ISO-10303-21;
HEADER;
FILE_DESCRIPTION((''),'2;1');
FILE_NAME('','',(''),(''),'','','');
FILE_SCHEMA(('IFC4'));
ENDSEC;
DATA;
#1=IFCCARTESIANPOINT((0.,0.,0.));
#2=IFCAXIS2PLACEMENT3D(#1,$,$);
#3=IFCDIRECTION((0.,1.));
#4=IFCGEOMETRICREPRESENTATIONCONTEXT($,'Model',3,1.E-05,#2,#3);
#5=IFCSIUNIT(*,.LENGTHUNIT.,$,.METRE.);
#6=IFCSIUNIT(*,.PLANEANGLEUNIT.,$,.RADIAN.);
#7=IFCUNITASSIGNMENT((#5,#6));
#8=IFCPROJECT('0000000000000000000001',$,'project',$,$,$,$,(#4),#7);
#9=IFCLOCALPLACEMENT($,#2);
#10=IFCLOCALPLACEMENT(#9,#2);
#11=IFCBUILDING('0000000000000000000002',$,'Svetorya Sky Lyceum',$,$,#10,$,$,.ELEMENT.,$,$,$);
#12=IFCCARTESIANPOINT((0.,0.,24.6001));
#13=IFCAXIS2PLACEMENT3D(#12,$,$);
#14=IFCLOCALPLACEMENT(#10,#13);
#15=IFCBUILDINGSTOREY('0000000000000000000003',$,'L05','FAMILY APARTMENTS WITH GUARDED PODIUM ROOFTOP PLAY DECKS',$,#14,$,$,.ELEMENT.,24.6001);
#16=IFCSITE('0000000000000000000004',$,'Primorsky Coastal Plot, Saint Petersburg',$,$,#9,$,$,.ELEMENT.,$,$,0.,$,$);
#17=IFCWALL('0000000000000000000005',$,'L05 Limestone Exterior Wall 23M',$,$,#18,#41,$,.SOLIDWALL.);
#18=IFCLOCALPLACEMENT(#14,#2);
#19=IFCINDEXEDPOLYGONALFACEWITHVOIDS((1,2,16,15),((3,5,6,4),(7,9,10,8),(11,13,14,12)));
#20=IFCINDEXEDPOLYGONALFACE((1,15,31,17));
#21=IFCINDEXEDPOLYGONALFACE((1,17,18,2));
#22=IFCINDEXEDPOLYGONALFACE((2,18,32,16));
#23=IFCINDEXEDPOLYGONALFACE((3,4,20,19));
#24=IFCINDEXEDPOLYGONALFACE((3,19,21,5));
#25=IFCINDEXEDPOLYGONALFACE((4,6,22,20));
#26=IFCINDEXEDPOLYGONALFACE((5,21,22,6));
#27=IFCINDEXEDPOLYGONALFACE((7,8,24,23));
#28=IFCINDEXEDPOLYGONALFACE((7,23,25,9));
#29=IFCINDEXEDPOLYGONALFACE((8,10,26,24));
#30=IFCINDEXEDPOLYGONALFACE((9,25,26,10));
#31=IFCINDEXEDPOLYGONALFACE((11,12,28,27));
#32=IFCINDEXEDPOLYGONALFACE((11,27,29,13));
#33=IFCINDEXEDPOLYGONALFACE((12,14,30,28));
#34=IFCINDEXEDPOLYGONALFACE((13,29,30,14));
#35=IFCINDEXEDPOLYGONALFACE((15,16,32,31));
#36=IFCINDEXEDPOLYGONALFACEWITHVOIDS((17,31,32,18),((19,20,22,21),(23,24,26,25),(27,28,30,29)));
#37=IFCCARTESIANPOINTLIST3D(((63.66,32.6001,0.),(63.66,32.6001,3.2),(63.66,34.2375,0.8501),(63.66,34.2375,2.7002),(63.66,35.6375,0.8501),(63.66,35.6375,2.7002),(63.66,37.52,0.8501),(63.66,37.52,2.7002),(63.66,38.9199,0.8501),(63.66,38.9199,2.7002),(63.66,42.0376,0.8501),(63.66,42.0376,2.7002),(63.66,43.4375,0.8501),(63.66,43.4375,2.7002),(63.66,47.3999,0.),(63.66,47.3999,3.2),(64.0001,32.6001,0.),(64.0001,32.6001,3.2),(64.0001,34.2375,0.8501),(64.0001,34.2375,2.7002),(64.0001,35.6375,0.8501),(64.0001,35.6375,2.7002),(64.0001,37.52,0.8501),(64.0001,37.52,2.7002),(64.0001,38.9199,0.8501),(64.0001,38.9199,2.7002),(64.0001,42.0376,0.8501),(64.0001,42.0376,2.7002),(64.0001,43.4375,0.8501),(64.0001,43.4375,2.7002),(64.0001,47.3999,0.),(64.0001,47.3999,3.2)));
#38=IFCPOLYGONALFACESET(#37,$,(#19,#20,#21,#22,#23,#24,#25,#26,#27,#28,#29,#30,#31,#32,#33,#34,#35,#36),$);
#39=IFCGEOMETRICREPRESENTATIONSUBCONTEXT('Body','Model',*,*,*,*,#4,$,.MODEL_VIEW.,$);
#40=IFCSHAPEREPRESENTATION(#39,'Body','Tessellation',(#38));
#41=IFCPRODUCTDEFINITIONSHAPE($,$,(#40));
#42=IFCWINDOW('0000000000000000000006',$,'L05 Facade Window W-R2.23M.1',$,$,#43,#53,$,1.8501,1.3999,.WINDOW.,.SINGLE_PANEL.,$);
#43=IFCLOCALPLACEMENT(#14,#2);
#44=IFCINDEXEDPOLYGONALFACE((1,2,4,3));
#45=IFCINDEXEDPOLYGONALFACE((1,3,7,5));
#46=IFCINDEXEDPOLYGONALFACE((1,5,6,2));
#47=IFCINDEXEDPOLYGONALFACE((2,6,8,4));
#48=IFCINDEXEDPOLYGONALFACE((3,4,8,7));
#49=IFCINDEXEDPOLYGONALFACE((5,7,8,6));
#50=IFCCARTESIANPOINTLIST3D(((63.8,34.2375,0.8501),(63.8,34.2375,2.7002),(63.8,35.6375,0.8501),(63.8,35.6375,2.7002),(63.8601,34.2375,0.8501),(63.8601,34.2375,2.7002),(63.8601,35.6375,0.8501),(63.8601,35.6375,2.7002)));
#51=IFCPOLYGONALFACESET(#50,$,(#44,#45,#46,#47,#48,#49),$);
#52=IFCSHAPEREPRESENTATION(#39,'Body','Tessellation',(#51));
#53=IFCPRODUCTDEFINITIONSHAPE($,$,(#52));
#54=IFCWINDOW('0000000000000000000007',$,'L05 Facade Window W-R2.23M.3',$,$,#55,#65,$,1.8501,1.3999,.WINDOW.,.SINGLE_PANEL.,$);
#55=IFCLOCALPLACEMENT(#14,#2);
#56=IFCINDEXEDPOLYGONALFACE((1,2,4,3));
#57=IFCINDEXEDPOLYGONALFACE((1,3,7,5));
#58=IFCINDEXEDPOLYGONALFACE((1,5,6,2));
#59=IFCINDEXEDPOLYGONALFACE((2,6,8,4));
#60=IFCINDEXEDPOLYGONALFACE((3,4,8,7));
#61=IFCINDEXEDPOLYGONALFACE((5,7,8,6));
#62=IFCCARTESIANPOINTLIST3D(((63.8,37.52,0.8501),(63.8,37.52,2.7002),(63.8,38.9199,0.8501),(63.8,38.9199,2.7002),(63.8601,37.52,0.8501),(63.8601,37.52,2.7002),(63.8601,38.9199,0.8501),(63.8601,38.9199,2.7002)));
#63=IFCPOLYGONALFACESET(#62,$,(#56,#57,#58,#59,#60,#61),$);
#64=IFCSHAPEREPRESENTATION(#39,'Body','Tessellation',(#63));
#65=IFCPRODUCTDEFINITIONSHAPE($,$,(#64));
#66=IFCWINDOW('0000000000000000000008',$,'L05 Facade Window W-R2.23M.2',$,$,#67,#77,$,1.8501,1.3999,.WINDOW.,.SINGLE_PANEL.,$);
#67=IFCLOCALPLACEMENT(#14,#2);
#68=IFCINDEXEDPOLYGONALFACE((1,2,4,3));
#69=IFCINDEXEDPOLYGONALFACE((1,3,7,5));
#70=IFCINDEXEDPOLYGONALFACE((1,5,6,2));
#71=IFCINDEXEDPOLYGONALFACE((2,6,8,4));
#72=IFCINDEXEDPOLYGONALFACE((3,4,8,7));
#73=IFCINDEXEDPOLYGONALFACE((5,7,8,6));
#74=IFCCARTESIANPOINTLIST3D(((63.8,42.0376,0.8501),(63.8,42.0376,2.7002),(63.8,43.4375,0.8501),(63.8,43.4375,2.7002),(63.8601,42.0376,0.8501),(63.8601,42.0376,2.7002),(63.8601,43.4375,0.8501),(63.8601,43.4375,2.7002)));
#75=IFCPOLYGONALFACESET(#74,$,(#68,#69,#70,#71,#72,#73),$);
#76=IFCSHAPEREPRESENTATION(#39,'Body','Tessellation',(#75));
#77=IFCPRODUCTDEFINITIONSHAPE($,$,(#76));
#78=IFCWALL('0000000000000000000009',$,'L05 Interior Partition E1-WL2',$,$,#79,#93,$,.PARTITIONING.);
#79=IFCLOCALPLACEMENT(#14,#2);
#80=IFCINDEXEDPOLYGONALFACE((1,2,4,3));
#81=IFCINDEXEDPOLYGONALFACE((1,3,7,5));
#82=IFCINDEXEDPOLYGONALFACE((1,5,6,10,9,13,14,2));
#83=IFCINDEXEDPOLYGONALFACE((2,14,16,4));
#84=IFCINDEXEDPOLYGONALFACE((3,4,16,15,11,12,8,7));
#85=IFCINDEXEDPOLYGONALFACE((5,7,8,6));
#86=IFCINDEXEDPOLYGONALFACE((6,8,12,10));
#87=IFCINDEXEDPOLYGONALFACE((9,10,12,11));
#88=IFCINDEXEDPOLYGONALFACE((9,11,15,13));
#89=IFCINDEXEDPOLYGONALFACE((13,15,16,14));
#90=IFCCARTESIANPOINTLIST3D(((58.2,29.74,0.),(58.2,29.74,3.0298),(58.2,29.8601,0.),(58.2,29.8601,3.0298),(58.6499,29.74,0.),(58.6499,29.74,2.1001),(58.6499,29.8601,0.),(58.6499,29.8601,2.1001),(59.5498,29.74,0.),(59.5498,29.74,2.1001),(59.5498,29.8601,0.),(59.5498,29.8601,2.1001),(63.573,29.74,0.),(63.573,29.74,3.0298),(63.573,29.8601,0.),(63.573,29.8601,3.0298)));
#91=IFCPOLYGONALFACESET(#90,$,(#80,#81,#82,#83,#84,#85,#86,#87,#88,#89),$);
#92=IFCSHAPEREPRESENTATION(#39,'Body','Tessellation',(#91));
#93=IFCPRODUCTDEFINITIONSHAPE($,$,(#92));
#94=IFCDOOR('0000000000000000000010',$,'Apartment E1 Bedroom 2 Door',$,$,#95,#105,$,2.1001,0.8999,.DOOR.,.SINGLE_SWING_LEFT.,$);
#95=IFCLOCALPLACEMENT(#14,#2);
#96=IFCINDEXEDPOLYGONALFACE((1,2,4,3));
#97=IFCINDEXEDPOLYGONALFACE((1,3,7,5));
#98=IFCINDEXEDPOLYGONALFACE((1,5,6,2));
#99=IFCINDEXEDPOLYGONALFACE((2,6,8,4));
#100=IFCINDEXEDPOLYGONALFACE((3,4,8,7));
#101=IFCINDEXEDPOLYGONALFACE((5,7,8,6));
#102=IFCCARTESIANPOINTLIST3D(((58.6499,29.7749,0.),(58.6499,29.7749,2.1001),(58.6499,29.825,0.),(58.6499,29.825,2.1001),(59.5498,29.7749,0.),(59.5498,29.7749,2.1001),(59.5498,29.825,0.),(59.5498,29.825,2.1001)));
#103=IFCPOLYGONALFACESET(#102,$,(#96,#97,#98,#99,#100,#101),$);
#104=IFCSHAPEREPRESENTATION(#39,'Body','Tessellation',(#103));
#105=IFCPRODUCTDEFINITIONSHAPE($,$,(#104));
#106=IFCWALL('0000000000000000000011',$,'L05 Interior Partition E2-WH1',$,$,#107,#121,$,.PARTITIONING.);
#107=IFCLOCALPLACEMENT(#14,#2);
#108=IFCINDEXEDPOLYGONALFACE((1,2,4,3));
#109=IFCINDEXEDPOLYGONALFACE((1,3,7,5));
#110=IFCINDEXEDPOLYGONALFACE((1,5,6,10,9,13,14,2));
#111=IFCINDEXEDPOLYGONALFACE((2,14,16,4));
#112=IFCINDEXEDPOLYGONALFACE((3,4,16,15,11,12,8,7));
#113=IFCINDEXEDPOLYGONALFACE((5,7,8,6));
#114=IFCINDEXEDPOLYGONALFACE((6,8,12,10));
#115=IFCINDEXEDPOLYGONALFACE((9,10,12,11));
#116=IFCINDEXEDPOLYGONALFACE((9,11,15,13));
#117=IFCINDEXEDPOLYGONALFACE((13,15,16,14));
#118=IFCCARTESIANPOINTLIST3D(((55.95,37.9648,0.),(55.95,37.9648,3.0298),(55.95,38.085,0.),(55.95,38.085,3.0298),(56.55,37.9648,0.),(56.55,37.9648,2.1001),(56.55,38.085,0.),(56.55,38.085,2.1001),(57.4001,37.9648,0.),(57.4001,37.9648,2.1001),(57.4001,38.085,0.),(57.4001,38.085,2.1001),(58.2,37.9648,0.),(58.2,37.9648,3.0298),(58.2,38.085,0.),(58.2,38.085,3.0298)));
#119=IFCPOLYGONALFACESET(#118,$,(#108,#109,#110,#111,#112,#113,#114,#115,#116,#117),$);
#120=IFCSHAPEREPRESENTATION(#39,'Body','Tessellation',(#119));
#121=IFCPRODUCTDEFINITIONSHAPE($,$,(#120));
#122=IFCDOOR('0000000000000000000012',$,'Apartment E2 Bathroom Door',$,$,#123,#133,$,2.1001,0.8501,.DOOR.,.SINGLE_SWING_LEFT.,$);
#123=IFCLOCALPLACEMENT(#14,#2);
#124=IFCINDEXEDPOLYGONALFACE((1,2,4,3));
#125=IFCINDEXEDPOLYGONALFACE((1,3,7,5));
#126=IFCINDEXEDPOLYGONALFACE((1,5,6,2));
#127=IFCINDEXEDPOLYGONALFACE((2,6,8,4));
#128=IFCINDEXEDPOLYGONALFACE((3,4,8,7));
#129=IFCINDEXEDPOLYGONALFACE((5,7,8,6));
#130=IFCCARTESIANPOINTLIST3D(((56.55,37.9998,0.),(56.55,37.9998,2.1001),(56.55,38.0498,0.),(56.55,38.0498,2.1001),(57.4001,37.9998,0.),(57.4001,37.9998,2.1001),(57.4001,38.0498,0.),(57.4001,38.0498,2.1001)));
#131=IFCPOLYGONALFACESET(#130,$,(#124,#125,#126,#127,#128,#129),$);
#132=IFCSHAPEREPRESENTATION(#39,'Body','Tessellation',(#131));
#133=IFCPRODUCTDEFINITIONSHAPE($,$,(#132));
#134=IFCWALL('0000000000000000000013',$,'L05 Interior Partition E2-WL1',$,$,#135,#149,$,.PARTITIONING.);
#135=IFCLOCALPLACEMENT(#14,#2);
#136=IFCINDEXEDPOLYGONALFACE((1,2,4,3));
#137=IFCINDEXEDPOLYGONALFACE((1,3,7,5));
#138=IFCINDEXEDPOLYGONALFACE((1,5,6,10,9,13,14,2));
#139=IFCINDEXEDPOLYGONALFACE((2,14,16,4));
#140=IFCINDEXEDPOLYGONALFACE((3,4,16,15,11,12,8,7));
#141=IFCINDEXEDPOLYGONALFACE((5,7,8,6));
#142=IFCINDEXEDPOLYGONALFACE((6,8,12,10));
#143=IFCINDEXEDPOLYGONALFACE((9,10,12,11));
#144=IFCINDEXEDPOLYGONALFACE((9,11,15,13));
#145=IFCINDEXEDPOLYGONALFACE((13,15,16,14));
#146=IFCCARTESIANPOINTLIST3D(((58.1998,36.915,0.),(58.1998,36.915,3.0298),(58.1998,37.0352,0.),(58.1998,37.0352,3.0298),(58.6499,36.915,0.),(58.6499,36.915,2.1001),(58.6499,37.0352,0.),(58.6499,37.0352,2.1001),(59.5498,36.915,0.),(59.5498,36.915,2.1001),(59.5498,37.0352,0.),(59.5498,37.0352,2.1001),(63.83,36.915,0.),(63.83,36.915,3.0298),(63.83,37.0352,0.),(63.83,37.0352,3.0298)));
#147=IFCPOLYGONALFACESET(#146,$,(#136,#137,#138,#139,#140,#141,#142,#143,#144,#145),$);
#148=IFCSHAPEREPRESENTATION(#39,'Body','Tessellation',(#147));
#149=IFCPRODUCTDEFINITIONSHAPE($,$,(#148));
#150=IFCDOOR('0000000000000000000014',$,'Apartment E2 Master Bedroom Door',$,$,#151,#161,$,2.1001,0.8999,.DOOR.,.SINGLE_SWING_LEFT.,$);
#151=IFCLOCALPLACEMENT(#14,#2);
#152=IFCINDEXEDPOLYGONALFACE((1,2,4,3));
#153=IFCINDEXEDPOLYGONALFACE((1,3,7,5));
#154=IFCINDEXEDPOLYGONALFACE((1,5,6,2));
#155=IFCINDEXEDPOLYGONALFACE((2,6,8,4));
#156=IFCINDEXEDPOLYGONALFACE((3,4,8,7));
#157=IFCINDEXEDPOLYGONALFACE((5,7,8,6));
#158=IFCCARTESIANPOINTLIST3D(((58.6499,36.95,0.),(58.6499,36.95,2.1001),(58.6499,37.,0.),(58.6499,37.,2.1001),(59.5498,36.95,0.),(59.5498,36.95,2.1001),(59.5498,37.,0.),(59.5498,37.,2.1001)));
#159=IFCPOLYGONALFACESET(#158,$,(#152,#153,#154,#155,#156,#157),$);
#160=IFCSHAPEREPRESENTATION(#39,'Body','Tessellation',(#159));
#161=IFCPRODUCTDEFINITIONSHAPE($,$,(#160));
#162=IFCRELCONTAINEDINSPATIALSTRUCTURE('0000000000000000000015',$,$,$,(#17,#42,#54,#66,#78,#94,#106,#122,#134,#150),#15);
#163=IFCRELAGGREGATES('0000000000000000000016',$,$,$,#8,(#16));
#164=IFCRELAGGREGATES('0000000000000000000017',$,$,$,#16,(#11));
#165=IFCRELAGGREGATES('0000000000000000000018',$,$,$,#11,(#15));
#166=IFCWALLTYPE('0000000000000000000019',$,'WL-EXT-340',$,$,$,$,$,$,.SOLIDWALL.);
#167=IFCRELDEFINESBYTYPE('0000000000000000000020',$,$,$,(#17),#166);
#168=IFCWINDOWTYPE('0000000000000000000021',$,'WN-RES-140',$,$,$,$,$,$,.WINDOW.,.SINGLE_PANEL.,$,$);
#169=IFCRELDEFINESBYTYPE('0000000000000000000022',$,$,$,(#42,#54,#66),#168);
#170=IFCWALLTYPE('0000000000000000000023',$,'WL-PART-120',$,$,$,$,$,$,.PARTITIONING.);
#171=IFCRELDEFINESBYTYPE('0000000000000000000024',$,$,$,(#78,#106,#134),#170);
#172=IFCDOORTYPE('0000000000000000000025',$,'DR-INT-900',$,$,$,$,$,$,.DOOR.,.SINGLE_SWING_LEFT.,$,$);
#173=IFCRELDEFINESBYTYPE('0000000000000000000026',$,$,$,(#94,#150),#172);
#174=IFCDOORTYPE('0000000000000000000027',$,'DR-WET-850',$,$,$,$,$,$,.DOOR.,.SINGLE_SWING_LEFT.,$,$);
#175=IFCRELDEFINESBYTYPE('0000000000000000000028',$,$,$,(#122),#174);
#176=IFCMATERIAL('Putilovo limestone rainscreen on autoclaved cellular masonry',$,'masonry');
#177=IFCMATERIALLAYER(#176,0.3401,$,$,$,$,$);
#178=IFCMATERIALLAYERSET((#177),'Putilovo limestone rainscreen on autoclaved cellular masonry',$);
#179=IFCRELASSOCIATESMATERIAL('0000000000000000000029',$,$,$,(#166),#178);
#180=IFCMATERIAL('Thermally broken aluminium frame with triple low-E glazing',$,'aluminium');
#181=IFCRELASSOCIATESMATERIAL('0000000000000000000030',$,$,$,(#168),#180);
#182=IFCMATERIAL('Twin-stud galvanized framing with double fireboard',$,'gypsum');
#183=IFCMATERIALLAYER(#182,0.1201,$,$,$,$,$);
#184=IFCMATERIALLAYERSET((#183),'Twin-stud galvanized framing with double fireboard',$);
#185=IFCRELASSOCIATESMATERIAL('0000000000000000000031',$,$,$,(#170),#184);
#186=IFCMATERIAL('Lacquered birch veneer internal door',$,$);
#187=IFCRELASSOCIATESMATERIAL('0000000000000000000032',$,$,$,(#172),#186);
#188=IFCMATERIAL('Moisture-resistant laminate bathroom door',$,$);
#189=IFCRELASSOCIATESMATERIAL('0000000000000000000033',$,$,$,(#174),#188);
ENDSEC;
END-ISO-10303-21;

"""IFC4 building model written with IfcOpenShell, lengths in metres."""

from ifc_helpers import new_model, si_unit, direction, frame, frame_2d, origin, place, context, subcontext, project, spatial, rectangle, extrude, material, layer, layer_set, type_object, element, fill, save


model = new_model("IFC4")

# Units and contexts
model_context = context("Model", 3, precision=1e-05, world=origin(), true_north=direction((0.0, 1.0)))
body_context = subcontext(model_context, "Body", "Model", "MODEL_VIEW")
ifc_project = project(units=[si_unit("LENGTHUNIT", "METRE"), si_unit("PLANEANGLEUNIT", "RADIAN")], contexts=[model_context])

# Site, building, storey
site_placement = place(None, origin())
site = spatial("IfcSite", under=ifc_project, at=site_placement, Name="Primorsky Coastal Plot, Saint Petersburg", CompositionType="ELEMENT", RefElevation=0.0)
building_placement = place(site_placement, origin())
building = spatial("IfcBuilding", under=site, at=building_placement, Name="Svetorya Sky Lyceum", CompositionType="ELEMENT")
storey_placement = place(building_placement, frame((0.0, 0.0, 24.6001)))
storey = spatial("IfcBuildingStorey", under=building, at=storey_placement, Name="L05", Description="FAMILY APARTMENTS WITH GUARDED PODIUM ROOFTOP PLAY DECKS", CompositionType="ELEMENT", Elevation=24.6001)

# Shared definitions
ifc_material_1 = material(Name="Putilovo limestone rainscreen on autoclaved cellular masonry", Category="masonry")
ifc_layer_1 = layer(ifc_material_1, 0.3401)
ifc_layer_set_1 = layer_set([ifc_layer_1], Name="Putilovo limestone rainscreen on autoclaved cellular masonry")
wall_type_1 = type_object("IfcWallType", Name="WL-EXT-340", PredefinedType="SOLIDWALL", material=ifc_layer_set_1)

# Shared definitions
ifc_material_2 = material(Name="Thermally broken aluminium frame with triple low-E glazing", Category="aluminium")

# Wall, openings, windows
wall_1_placement = place(storey_placement, frame((63.8301, 32.6001, 0.0), z_axis=(0.0, 0.0, 1.0), x_axis=(0.0, 1.0, 0.0)))
wall_1 = element("IfcWall", 1, at=wall_1_placement, inside=storey, type_object=wall_type_1, Name="L05 Limestone Exterior Wall 23M", PredefinedType="SOLIDWALL", context=body_context, shape_type="SweptSolid", body=[
    extrude(rectangle(XDim=14.7998, YDim=0.3401, at=frame_2d((7.3999, 0.0))), origin(), (0.0, 0.0, 1.0), 3.2),
])
opening_1_placement = place(wall_1_placement, frame((1.6375, 0.0, 0.8501)))
opening_1 = element("IfcOpeningElement", 2, at=opening_1_placement, cuts=wall_1, PredefinedType="OPENING", context=body_context, shape_type="SweptSolid", body=[
    extrude(rectangle(XDim=1.3999, YDim=1.8501, at=frame_2d((0.7, 0.925))), frame((0.0, 0.1799, 0.0), z_axis=(0.0, -1.0, 0.0), x_axis=(1.0, 0.0, 0.0)), (0.0, 0.0, 1.0), 0.3601),
])
opening_2_placement = place(wall_1_placement, frame((4.9199, 0.0, 0.8501)))
opening_2 = element("IfcOpeningElement", 3, at=opening_2_placement, cuts=wall_1, PredefinedType="OPENING", context=body_context, shape_type="SweptSolid", body=[
    extrude(rectangle(XDim=1.3999, YDim=1.8501, at=frame_2d((0.7, 0.925))), frame((0.0, 0.1799, 0.0), z_axis=(0.0, -1.0, 0.0), x_axis=(1.0, 0.0, 0.0)), (0.0, 0.0, 1.0), 0.3601),
])
opening_3_placement = place(wall_1_placement, frame((9.4375, 0.0, 0.8501)))
opening_3 = element("IfcOpeningElement", 4, at=opening_3_placement, cuts=wall_1, PredefinedType="OPENING", context=body_context, shape_type="SweptSolid", body=[
    extrude(rectangle(XDim=1.3999, YDim=1.8501, at=frame_2d((0.7, 0.925))), frame((0.0, 0.1799, 0.0), z_axis=(0.0, -1.0, 0.0), x_axis=(1.0, 0.0, 0.0)), (0.0, 0.0, 1.0), 0.3601),
])
window_type_1 = type_object("IfcWindowType", Name="WN-RES-140", PartitioningType="SINGLE_PANEL", PredefinedType="WINDOW", material=ifc_material_2)
window_1_placement = place(opening_1_placement, origin())
window_1 = element("IfcWindow", 5, at=window_1_placement, inside=storey, type_object=window_type_1, Name="L05 Facade Window W-R2.23M.1", OverallHeight=1.8501, OverallWidth=1.3999, PartitioningType="SINGLE_PANEL", PredefinedType="WINDOW", context=body_context, shape_type="SweptSolid", body=[
    extrude(rectangle(XDim=1.3999, YDim=1.8501, at=frame_2d((0.7, 0.925))), frame((0.0, 0.03, 0.0), z_axis=(0.0, -1.0, 0.0), x_axis=(1.0, 0.0, 0.0)), (0.0, 0.0, 1.0), 0.0601),
])
fill(opening_1, window_1)
window_2_placement = place(opening_2_placement, origin())
window_2 = element("IfcWindow", 6, at=window_2_placement, inside=storey, type_object=window_type_1, Name="L05 Facade Window W-R2.23M.3", OverallHeight=1.8501, OverallWidth=1.3999, PartitioningType="SINGLE_PANEL", PredefinedType="WINDOW", context=body_context, shape_type="SweptSolid", body=[
    extrude(rectangle(XDim=1.3999, YDim=1.8501, at=frame_2d((0.7, 0.925))), frame((0.0, 0.03, 0.0), z_axis=(0.0, -1.0, 0.0), x_axis=(1.0, 0.0, 0.0)), (0.0, 0.0, 1.0), 0.0601),
])
fill(opening_2, window_2)
window_3_placement = place(opening_3_placement, origin())
window_3 = element("IfcWindow", 7, at=window_3_placement, inside=storey, type_object=window_type_1, Name="L05 Facade Window W-R2.23M.2", OverallHeight=1.8501, OverallWidth=1.3999, PartitioningType="SINGLE_PANEL", PredefinedType="WINDOW", context=body_context, shape_type="SweptSolid", body=[
    extrude(rectangle(XDim=1.3999, YDim=1.8501, at=frame_2d((0.7, 0.925))), frame((0.0, 0.03, 0.0), z_axis=(0.0, -1.0, 0.0), x_axis=(1.0, 0.0, 0.0)), (0.0, 0.0, 1.0), 0.0601),
])
fill(opening_3, window_3)

# Walls, openings, doors
ifc_material_3 = material(Name="Twin-stud galvanized framing with double fireboard", Category="gypsum")
ifc_layer_2 = layer(ifc_material_3, 0.1201)
ifc_layer_set_2 = layer_set([ifc_layer_2], Name="Twin-stud galvanized framing with double fireboard")
wall_type_2 = type_object("IfcWallType", Name="WL-PART-120", PredefinedType="PARTITIONING", material=ifc_layer_set_2)
wall_2_placement = place(storey_placement, frame((58.2, 29.8, 0.0), z_axis=(0.0, 0.0, 1.0), x_axis=(1.0, 0.0, 0.0)))
wall_2 = element("IfcWall", 8, at=wall_2_placement, inside=storey, type_object=wall_type_2, Name="L05 Interior Partition E1-WL2", PredefinedType="PARTITIONING", context=body_context, shape_type="SweptSolid", body=[
    extrude(rectangle(XDim=5.373, YDim=0.1201, at=frame_2d((2.6865, 0.0))), origin(), (0.0, 0.0, 1.0), 3.0298),
])
opening_4_placement = place(wall_2_placement, frame((0.45, 0.0, 0.0)))
opening_4 = element("IfcOpeningElement", 9, at=opening_4_placement, cuts=wall_2, PredefinedType="OPENING", context=body_context, shape_type="SweptSolid", body=[
    extrude(rectangle(XDim=0.8999, YDim=2.1001, at=frame_2d((0.45, 1.05))), frame((0.0, 0.0701, 0.0), z_axis=(0.0, -1.0, 0.0), x_axis=(1.0, 0.0, 0.0)), (0.0, 0.0, 1.0), 0.1401),
])
ifc_material_4 = material(Name="Lacquered birch veneer internal door")
door_type_1 = type_object("IfcDoorType", Name="DR-INT-900", OperationType="SINGLE_SWING_LEFT", PredefinedType="DOOR", material=ifc_material_4)
door_1_placement = place(opening_4_placement, origin())
door_1 = element("IfcDoor", 10, at=door_1_placement, inside=storey, type_object=door_type_1, Name="Apartment E1 Bedroom 2 Door", OperationType="SINGLE_SWING_LEFT", OverallHeight=2.1001, OverallWidth=0.8999, PredefinedType="DOOR", context=body_context, shape_type="SweptSolid", body=[
    extrude(rectangle(XDim=0.8999, YDim=2.1001, at=frame_2d((0.45, 1.05))), frame((0.0, 0.0249, 0.0), z_axis=(0.0, -1.0, 0.0), x_axis=(1.0, 0.0, 0.0)), (0.0, 0.0, 1.0), 0.05),
])
fill(opening_4, door_1)
wall_3_placement = place(storey_placement, frame((55.95, 38.0249, 0.0), z_axis=(0.0, 0.0, 1.0), x_axis=(1.0, 0.0, 0.0)))
wall_3 = element("IfcWall", 11, at=wall_3_placement, inside=storey, type_object=wall_type_2, Name="L05 Interior Partition E2-WH1", PredefinedType="PARTITIONING", context=body_context, shape_type="SweptSolid", body=[
    extrude(rectangle(XDim=2.25, YDim=0.1201, at=frame_2d((1.125, 0.0))), origin(), (0.0, 0.0, 1.0), 3.0298),
])
opening_5_placement = place(wall_3_placement, frame((0.6001, 0.0, 0.0)))
opening_5 = element("IfcOpeningElement", 12, at=opening_5_placement, cuts=wall_3, PredefinedType="OPENING", context=body_context, shape_type="SweptSolid", body=[
    extrude(rectangle(XDim=0.8501, YDim=2.1001, at=frame_2d((0.425, 1.05))), frame((0.0, 0.0701, 0.0), z_axis=(0.0, -1.0, 0.0), x_axis=(1.0, 0.0, 0.0)), (0.0, 0.0, 1.0), 0.1401),
])
ifc_material_5 = material(Name="Moisture-resistant laminate bathroom door")
door_type_2 = type_object("IfcDoorType", Name="DR-WET-850", OperationType="SINGLE_SWING_LEFT", PredefinedType="DOOR", material=ifc_material_5)
door_2_placement = place(opening_5_placement, origin())
door_2 = element("IfcDoor", 13, at=door_2_placement, inside=storey, type_object=door_type_2, Name="Apartment E2 Bathroom Door", OperationType="SINGLE_SWING_LEFT", OverallHeight=2.1001, OverallWidth=0.8501, PredefinedType="DOOR", context=body_context, shape_type="SweptSolid", body=[
    extrude(rectangle(XDim=0.8501, YDim=2.1001, at=frame_2d((0.425, 1.05))), frame((0.0, 0.0249, 0.0), z_axis=(0.0, -1.0, 0.0), x_axis=(1.0, 0.0, 0.0)), (0.0, 0.0, 1.0), 0.05),
])
fill(opening_5, door_2)
wall_4_placement = place(storey_placement, frame((58.2, 36.9751, 0.0), z_axis=(0.0, 0.0, 1.0), x_axis=(1.0, 0.0, 0.0)))
wall_4 = element("IfcWall", 14, at=wall_4_placement, inside=storey, type_object=wall_type_2, Name="L05 Interior Partition E2-WL1", PredefinedType="PARTITIONING", context=body_context, shape_type="SweptSolid", body=[
    extrude(rectangle(XDim=5.6301, YDim=0.1201, at=frame_2d((2.8149, 0.0))), origin(), (0.0, 0.0, 1.0), 3.0298),
])
opening_6_placement = place(wall_4_placement, frame((0.45, 0.0, 0.0)))
opening_6 = element("IfcOpeningElement", 15, at=opening_6_placement, cuts=wall_4, PredefinedType="OPENING", context=body_context, shape_type="SweptSolid", body=[
    extrude(rectangle(XDim=0.8999, YDim=2.1001, at=frame_2d((0.45, 1.05))), frame((0.0, 0.0701, 0.0), z_axis=(0.0, -1.0, 0.0), x_axis=(1.0, 0.0, 0.0)), (0.0, 0.0, 1.0), 0.1401),
])
door_3_placement = place(opening_6_placement, origin())
door_3 = element("IfcDoor", 16, at=door_3_placement, inside=storey, type_object=door_type_1, Name="Apartment E2 Master Bedroom Door", OperationType="SINGLE_SWING_LEFT", OverallHeight=2.1001, OverallWidth=0.8999, PredefinedType="DOOR", context=body_context, shape_type="SweptSolid", body=[
    extrude(rectangle(XDim=0.8999, YDim=2.1001, at=frame_2d((0.45, 1.05))), frame((0.0, 0.0249, 0.0), z_axis=(0.0, -1.0, 0.0), x_axis=(1.0, 0.0, 0.0)), (0.0, 0.0, 1.0), 0.05),
])
fill(opening_6, door_3)

save(model, "model.ifc")
